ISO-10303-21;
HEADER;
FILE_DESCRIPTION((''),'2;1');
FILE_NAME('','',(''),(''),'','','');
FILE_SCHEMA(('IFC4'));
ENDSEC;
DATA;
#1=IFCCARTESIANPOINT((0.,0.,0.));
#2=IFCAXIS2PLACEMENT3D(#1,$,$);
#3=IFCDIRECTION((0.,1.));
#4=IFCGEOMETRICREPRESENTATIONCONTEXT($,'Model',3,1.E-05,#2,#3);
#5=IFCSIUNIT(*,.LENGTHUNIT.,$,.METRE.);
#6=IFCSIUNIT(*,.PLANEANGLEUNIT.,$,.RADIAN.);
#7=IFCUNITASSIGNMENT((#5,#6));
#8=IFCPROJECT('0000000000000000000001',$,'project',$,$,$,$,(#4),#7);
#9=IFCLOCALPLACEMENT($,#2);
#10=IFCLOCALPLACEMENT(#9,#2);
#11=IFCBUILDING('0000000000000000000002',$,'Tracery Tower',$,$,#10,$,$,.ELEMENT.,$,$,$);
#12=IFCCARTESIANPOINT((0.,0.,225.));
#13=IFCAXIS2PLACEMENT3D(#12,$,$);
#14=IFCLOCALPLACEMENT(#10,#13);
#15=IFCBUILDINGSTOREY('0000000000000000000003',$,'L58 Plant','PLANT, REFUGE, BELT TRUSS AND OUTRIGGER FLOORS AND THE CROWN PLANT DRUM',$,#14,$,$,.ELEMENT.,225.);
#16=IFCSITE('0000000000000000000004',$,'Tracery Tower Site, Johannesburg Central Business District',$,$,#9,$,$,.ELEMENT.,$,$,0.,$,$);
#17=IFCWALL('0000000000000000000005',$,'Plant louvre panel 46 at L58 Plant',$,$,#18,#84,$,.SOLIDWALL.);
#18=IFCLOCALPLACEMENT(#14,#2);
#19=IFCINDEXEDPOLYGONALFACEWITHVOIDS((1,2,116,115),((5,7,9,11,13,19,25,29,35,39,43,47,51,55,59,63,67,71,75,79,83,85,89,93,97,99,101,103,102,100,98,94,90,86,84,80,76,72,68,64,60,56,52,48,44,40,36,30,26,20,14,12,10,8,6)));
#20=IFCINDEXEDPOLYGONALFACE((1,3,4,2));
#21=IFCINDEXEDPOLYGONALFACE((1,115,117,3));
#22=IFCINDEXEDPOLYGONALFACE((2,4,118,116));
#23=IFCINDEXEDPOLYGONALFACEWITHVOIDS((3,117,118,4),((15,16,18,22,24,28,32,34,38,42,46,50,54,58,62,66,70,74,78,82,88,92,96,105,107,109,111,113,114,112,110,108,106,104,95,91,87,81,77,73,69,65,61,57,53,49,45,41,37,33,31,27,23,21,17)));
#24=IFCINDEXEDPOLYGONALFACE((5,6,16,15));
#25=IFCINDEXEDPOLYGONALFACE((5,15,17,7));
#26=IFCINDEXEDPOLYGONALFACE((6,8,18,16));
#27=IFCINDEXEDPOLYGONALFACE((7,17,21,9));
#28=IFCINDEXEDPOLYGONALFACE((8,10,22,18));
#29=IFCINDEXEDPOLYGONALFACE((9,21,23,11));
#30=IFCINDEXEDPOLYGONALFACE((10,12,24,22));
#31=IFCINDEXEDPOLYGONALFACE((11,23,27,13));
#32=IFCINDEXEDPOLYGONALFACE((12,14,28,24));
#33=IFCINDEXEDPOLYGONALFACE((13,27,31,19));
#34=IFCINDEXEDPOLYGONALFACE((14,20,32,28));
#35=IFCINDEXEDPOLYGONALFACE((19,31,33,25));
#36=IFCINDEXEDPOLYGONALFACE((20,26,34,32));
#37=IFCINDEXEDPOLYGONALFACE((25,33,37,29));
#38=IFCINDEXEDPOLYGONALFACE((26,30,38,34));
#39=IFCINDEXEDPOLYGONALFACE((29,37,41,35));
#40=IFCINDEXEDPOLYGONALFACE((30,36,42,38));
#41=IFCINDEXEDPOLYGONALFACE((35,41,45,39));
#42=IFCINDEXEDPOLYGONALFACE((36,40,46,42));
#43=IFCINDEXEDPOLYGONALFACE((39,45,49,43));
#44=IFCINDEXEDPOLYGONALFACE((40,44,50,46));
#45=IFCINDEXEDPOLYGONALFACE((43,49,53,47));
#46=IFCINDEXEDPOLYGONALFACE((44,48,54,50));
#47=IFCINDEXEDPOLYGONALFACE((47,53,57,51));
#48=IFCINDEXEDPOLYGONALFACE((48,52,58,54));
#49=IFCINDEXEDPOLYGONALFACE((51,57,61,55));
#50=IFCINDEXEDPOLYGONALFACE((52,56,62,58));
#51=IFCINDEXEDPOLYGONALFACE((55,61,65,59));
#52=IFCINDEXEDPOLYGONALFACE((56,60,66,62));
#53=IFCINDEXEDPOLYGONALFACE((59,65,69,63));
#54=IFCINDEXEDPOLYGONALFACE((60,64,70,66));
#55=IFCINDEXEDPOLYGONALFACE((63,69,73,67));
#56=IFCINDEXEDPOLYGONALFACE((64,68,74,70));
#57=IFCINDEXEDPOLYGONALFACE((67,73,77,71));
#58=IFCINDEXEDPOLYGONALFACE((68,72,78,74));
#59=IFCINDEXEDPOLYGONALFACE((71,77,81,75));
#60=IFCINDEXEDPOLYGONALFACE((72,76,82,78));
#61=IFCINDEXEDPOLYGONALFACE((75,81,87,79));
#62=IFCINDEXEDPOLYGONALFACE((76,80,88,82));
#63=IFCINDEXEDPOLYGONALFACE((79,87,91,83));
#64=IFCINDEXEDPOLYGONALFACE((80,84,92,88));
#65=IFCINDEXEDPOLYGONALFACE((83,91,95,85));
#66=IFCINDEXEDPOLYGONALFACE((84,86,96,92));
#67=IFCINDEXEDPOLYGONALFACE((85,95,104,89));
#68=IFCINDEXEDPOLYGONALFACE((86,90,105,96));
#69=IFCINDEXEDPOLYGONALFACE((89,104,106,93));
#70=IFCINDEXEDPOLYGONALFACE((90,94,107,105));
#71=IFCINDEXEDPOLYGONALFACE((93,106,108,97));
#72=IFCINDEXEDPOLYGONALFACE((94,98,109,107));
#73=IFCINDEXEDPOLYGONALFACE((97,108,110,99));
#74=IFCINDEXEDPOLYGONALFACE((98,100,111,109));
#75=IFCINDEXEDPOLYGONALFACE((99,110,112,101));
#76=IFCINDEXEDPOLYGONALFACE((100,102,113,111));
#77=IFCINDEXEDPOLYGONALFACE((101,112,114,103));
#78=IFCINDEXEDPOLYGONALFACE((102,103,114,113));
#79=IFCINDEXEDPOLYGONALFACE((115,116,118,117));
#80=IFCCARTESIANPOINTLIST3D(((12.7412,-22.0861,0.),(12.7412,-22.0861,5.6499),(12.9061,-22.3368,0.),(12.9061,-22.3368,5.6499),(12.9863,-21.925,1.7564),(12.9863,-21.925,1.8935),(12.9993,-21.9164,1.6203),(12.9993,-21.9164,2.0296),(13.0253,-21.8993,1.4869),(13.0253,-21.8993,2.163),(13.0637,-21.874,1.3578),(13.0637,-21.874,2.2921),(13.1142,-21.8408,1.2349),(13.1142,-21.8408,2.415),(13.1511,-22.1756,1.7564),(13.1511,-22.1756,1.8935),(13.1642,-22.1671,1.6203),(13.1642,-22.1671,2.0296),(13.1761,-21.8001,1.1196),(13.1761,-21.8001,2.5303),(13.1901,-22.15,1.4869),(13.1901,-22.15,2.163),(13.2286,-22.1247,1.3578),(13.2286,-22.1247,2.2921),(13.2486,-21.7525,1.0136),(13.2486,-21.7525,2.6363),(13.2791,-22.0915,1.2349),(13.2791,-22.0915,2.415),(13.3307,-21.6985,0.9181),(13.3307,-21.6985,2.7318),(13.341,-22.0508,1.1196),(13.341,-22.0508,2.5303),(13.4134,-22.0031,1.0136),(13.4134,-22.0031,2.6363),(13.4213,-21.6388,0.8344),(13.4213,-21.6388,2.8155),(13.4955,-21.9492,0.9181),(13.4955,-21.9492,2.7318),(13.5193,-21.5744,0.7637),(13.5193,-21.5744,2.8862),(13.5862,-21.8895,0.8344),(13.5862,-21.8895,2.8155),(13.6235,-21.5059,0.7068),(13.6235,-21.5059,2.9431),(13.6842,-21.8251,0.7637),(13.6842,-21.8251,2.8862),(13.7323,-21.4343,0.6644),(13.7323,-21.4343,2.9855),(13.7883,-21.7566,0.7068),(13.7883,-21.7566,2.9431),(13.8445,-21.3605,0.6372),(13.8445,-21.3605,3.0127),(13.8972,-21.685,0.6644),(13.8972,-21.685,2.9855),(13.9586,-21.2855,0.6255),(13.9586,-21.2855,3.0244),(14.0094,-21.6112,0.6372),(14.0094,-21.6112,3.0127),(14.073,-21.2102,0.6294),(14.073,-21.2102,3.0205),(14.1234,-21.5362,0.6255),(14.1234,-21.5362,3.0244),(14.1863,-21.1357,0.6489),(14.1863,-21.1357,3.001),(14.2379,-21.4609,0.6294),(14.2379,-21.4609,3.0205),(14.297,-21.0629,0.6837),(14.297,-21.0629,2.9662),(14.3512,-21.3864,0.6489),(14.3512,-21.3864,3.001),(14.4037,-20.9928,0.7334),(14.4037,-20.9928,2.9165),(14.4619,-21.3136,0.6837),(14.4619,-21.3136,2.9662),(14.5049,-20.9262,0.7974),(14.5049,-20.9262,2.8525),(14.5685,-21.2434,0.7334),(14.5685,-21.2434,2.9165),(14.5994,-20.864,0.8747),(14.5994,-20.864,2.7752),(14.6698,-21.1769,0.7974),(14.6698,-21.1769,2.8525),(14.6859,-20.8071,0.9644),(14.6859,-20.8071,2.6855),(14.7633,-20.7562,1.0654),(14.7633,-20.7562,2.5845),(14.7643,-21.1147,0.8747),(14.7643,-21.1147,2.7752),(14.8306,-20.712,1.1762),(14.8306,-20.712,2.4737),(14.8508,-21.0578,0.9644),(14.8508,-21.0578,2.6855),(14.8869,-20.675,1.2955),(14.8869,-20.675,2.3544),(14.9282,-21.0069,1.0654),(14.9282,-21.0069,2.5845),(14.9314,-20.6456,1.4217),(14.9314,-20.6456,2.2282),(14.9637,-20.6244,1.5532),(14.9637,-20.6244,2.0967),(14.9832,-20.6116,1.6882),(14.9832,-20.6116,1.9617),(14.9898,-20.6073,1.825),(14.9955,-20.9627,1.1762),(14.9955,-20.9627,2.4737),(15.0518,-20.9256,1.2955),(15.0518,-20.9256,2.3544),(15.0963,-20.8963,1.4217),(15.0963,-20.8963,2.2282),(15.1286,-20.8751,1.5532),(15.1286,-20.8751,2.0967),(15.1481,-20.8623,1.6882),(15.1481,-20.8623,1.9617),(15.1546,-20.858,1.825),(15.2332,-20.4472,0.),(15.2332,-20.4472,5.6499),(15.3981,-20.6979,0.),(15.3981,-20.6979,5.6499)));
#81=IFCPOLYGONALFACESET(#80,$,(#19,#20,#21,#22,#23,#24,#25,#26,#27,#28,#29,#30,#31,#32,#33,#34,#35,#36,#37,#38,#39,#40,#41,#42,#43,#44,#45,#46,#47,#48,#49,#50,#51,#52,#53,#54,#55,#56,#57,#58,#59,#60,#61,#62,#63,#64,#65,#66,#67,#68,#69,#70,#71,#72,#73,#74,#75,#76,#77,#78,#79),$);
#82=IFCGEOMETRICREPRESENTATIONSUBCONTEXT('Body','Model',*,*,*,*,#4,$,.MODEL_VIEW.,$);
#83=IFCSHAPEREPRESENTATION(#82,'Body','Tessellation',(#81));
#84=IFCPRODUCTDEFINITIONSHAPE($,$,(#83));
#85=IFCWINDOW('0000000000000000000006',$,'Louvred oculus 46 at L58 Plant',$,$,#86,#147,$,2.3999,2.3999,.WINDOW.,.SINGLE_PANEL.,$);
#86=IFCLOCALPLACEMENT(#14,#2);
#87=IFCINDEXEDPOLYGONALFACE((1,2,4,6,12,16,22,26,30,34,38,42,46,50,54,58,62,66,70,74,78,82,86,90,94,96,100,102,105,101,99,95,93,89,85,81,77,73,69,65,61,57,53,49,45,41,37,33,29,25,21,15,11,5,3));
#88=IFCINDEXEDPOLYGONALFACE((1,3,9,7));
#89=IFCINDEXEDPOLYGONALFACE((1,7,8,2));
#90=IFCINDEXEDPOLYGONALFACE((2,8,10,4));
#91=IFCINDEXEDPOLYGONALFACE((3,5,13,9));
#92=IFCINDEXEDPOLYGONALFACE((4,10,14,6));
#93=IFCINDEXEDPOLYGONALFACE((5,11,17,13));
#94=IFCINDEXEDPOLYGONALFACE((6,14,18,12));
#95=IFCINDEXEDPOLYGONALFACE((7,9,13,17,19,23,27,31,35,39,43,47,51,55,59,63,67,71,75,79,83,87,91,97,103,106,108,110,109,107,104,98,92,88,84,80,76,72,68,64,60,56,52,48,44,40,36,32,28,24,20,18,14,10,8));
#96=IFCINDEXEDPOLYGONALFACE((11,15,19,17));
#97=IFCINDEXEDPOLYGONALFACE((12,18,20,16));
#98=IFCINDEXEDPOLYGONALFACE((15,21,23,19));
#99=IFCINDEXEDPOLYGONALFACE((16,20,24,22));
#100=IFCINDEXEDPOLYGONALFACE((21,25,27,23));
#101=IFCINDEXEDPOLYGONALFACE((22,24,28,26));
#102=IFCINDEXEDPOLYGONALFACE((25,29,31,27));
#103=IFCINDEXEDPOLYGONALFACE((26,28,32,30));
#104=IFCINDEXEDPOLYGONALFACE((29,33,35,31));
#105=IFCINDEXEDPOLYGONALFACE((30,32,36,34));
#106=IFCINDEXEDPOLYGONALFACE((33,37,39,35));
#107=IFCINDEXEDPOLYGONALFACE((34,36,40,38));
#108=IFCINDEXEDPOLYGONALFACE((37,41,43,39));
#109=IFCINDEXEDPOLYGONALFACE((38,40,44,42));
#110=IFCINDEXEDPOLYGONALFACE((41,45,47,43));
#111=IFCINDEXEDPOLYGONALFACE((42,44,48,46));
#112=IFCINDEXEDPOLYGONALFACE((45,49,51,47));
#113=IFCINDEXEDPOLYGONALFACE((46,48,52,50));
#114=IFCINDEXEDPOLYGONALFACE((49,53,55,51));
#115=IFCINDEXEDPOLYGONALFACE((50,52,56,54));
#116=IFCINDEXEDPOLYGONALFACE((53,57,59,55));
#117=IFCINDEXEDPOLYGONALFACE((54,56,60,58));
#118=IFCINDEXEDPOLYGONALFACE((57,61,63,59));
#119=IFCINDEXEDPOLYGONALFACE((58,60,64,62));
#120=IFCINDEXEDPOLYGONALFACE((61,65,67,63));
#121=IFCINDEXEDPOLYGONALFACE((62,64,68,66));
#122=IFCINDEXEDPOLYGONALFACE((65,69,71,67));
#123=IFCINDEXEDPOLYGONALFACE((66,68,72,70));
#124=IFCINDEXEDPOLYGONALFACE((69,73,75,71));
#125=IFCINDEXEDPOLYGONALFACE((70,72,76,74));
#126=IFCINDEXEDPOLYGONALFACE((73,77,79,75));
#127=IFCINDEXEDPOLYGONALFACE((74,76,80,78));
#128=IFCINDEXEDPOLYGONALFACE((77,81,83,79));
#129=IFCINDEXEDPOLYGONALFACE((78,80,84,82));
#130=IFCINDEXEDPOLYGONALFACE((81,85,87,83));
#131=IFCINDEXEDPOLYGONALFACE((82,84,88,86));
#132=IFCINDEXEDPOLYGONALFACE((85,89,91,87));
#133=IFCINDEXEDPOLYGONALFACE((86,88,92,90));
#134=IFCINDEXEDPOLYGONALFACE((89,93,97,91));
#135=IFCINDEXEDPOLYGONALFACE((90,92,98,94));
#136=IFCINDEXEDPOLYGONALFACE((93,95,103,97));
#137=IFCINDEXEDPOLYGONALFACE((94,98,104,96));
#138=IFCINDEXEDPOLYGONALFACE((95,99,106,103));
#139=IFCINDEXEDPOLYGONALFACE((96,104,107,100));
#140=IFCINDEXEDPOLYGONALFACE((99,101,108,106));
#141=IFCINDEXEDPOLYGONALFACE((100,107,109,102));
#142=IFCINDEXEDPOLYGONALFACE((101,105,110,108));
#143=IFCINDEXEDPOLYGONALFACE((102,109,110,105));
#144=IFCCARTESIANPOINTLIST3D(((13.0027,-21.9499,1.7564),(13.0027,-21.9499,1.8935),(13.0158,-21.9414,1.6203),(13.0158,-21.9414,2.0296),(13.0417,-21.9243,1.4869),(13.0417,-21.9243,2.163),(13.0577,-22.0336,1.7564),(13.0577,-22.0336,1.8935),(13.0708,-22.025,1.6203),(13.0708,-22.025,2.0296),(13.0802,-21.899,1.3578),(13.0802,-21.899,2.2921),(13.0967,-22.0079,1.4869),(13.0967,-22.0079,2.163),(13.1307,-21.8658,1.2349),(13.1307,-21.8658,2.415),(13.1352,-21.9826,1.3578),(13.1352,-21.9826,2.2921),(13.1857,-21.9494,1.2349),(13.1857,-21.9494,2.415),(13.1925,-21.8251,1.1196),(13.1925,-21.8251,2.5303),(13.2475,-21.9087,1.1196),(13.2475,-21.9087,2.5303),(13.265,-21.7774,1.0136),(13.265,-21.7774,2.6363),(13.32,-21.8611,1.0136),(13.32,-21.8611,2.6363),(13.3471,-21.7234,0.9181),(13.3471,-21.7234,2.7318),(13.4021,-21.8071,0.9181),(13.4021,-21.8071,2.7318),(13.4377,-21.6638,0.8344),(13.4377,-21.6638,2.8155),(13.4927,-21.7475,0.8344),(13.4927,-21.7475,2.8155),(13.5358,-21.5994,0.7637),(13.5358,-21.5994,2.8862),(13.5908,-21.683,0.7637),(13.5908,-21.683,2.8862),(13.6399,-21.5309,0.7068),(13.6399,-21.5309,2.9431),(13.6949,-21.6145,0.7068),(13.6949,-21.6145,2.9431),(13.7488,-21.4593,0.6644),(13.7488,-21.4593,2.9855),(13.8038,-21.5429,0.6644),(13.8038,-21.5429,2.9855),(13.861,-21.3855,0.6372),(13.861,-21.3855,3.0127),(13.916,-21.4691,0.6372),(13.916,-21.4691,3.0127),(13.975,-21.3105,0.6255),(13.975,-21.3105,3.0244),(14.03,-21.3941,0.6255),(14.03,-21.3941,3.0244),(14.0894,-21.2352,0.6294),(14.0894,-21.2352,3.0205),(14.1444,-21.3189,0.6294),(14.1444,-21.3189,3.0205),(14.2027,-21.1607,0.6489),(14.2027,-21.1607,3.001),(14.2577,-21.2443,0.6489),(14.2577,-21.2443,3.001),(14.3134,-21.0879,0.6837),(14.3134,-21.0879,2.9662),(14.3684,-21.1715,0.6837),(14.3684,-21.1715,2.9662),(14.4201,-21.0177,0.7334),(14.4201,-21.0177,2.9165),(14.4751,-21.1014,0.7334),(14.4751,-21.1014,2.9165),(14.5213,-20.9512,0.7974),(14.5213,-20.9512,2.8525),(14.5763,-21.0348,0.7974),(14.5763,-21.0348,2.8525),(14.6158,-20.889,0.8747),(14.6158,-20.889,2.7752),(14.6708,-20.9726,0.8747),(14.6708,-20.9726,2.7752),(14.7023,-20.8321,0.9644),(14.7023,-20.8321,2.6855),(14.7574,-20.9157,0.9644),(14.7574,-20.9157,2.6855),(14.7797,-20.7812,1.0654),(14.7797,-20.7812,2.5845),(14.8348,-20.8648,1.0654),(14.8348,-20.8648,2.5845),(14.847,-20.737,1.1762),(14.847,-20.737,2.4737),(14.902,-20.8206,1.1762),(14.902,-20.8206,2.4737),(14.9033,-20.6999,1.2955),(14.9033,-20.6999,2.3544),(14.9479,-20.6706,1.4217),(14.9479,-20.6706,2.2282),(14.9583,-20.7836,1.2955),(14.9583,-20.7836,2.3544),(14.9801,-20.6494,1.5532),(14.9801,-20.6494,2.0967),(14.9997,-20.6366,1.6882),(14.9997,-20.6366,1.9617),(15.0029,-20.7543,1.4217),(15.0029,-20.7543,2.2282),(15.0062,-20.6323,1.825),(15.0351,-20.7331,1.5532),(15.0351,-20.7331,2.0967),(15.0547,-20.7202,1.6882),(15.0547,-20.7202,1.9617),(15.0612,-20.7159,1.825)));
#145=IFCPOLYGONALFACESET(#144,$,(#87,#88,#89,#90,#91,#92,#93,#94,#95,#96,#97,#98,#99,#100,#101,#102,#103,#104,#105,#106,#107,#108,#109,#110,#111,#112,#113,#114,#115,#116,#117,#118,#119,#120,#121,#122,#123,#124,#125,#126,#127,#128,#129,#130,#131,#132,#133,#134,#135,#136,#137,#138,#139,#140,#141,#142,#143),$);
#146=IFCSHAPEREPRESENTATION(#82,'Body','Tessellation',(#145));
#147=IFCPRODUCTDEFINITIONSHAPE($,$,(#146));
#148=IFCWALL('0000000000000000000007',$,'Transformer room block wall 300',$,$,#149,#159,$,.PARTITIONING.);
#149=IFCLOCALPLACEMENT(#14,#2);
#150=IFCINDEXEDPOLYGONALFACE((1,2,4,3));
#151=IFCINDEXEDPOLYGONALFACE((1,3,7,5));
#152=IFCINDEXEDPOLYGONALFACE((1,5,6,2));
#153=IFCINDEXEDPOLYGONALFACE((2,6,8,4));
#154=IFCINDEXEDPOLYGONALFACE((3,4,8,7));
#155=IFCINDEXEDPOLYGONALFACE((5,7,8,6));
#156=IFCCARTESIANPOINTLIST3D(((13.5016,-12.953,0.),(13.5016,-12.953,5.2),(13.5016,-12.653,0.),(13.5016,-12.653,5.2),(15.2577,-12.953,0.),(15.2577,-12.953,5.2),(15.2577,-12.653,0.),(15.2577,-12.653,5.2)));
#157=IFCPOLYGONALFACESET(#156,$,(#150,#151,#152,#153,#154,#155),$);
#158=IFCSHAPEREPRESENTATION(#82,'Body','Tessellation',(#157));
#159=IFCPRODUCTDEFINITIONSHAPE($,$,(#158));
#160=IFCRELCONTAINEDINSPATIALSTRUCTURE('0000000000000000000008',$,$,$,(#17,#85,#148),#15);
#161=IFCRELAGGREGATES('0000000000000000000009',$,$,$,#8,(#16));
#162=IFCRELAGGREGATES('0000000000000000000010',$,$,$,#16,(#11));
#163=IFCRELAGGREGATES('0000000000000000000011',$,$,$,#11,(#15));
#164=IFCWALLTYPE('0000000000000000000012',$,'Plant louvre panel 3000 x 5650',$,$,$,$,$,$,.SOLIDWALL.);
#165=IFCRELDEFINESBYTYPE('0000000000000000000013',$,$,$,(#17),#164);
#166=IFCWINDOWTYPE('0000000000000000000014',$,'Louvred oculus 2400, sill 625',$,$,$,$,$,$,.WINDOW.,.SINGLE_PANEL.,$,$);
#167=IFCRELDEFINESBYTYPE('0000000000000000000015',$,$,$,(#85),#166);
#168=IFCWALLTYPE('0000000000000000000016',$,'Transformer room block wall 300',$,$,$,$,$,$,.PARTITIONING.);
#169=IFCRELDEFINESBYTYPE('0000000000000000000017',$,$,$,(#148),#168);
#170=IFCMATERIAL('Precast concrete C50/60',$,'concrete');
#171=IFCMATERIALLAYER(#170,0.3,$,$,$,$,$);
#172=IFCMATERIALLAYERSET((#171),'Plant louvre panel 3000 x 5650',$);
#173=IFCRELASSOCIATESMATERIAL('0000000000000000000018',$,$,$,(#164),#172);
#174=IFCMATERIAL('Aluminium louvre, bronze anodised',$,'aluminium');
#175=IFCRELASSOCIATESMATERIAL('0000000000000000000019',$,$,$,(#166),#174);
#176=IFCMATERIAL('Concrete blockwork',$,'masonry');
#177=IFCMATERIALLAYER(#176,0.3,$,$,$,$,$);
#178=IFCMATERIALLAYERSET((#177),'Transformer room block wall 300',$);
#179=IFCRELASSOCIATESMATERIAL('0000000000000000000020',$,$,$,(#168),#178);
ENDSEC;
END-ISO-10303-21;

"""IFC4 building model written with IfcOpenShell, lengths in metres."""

from ifc_helpers import new_model, si_unit, direction, frame, frame_2d, origin, origin_2d, place, context, subcontext, project, spatial, rectangle, circle, extrude, material, layer, layer_set, type_object, element, fill, save


model = new_model("IFC4")

# Units and contexts
model_context = context("Model", 3, precision=1e-05, world=origin(), true_north=direction((0.0, 1.0)))
body_context = subcontext(model_context, "Body", "Model", "MODEL_VIEW")
ifc_project = project(units=[si_unit("LENGTHUNIT", "METRE"), si_unit("PLANEANGLEUNIT", "RADIAN")], contexts=[model_context])

# Site, building, storey
site_placement = place(None, origin())
site = spatial("IfcSite", under=ifc_project, at=site_placement, Name="Tracery Tower Site, Johannesburg Central Business District", CompositionType="ELEMENT", RefElevation=0.0)
building_placement = place(site_placement, origin())
building = spatial("IfcBuilding", under=site, at=building_placement, Name="Tracery Tower", CompositionType="ELEMENT")
storey_placement = place(building_placement, frame((0.0, 0.0, 225.0)))
storey = spatial("IfcBuildingStorey", under=building, at=storey_placement, Name="L58 Plant", Description="PLANT, REFUGE, BELT TRUSS AND OUTRIGGER FLOORS AND THE CROWN PLANT DRUM", CompositionType="ELEMENT", Elevation=225.0)

# Wall, opening, window
ifc_material_1 = material(Name="Precast concrete C50/60", Category="concrete")
ifc_layer_1 = layer(ifc_material_1, 0.3)
ifc_layer_set_1 = layer_set([ifc_layer_1], Name="Plant louvre panel 3000 x 5650")
wall_type_1 = type_object("IfcWallType", Name="Plant louvre panel 3000 x 5650", PredefinedType="SOLIDWALL", material=ifc_layer_set_1)
ifc_material_2 = material(Name="Aluminium louvre, bronze anodised", Category="aluminium")
window_type = type_object("IfcWindowType", Name="Louvred oculus 2400, sill 625", PartitioningType="SINGLE_PANEL", PredefinedType="WINDOW", material=ifc_material_2)
wall_1_placement = place(storey_placement, frame((12.8237, -22.2114, 0.0), z_axis=(0.0, 0.0, 1.0), x_axis=(0.835497, 0.549495, 0.0)))
wall_1 = element("IfcWall", 1, at=wall_1_placement, inside=storey, type_object=wall_type_1, Name="Plant louvre panel 46 at L58 Plant", PredefinedType="SOLIDWALL", context=body_context, shape_type="SweptSolid", body=[
    extrude(rectangle(XDim=2.9827, YDim=0.3, at=frame_2d((1.4912, 0.0))), origin(), (0.0, 0.0, 1.0), 5.6499),
])
opening_1_placement = place(wall_1_placement, frame((1.4912, 0.0, 1.825)))
opening_1 = element("IfcOpeningElement", 2, at=opening_1_placement, cuts=wall_1, PredefinedType="OPENING", context=body_context, shape_type="SweptSolid", body=[
    extrude(circle(Radius=1.2, at=origin_2d()), frame((0.0, 0.1599, 0.0), z_axis=(0.0, -1.0, 0.0), x_axis=(1.0, 0.0, 0.0)), (0.0, 0.0, 1.0), 0.3201),
])
window_1_placement = place(opening_1_placement, origin())
window_1 = element("IfcWindow", 3, at=window_1_placement, inside=storey, type_object=window_type, Name="Louvred oculus 46 at L58 Plant", OverallHeight=2.3999, OverallWidth=2.3999, PartitioningType="SINGLE_PANEL", PredefinedType="WINDOW", context=body_context, shape_type="SweptSolid", body=[
    extrude(circle(Radius=1.2, at=origin_2d()), frame((0.0, 0.1201, 0.0), z_axis=(0.0, -1.0, 0.0), x_axis=(1.0, 0.0, 0.0)), (0.0, 0.0, 1.0), 0.1001),
])
fill(opening_1, window_1)

# Wall
ifc_material_3 = material(Name="Concrete blockwork", Category="masonry")
ifc_layer_2 = layer(ifc_material_3, 0.3)
ifc_layer_set_2 = layer_set([ifc_layer_2], Name="Transformer room block wall 300")
wall_type_2 = type_object("IfcWallType", Name="Transformer room block wall 300", PredefinedType="PARTITIONING", material=ifc_layer_set_2)
wall_2_placement = place(storey_placement, frame((13.5017, -12.803, 0.0), z_axis=(0.0, 0.0, 1.0), x_axis=(1.0, 0.0, 0.0)))
element("IfcWall", 4, at=wall_2_placement, inside=storey, type_object=wall_type_2, Name="Transformer room block wall 300", PredefinedType="PARTITIONING", context=body_context, shape_type="SweptSolid", body=[
    extrude(rectangle(XDim=1.7561, YDim=0.3, at=frame_2d((0.8779, 0.0))), origin(), (0.0, 0.0, 1.0), 5.2),
])

save(model, "model.ifc")
